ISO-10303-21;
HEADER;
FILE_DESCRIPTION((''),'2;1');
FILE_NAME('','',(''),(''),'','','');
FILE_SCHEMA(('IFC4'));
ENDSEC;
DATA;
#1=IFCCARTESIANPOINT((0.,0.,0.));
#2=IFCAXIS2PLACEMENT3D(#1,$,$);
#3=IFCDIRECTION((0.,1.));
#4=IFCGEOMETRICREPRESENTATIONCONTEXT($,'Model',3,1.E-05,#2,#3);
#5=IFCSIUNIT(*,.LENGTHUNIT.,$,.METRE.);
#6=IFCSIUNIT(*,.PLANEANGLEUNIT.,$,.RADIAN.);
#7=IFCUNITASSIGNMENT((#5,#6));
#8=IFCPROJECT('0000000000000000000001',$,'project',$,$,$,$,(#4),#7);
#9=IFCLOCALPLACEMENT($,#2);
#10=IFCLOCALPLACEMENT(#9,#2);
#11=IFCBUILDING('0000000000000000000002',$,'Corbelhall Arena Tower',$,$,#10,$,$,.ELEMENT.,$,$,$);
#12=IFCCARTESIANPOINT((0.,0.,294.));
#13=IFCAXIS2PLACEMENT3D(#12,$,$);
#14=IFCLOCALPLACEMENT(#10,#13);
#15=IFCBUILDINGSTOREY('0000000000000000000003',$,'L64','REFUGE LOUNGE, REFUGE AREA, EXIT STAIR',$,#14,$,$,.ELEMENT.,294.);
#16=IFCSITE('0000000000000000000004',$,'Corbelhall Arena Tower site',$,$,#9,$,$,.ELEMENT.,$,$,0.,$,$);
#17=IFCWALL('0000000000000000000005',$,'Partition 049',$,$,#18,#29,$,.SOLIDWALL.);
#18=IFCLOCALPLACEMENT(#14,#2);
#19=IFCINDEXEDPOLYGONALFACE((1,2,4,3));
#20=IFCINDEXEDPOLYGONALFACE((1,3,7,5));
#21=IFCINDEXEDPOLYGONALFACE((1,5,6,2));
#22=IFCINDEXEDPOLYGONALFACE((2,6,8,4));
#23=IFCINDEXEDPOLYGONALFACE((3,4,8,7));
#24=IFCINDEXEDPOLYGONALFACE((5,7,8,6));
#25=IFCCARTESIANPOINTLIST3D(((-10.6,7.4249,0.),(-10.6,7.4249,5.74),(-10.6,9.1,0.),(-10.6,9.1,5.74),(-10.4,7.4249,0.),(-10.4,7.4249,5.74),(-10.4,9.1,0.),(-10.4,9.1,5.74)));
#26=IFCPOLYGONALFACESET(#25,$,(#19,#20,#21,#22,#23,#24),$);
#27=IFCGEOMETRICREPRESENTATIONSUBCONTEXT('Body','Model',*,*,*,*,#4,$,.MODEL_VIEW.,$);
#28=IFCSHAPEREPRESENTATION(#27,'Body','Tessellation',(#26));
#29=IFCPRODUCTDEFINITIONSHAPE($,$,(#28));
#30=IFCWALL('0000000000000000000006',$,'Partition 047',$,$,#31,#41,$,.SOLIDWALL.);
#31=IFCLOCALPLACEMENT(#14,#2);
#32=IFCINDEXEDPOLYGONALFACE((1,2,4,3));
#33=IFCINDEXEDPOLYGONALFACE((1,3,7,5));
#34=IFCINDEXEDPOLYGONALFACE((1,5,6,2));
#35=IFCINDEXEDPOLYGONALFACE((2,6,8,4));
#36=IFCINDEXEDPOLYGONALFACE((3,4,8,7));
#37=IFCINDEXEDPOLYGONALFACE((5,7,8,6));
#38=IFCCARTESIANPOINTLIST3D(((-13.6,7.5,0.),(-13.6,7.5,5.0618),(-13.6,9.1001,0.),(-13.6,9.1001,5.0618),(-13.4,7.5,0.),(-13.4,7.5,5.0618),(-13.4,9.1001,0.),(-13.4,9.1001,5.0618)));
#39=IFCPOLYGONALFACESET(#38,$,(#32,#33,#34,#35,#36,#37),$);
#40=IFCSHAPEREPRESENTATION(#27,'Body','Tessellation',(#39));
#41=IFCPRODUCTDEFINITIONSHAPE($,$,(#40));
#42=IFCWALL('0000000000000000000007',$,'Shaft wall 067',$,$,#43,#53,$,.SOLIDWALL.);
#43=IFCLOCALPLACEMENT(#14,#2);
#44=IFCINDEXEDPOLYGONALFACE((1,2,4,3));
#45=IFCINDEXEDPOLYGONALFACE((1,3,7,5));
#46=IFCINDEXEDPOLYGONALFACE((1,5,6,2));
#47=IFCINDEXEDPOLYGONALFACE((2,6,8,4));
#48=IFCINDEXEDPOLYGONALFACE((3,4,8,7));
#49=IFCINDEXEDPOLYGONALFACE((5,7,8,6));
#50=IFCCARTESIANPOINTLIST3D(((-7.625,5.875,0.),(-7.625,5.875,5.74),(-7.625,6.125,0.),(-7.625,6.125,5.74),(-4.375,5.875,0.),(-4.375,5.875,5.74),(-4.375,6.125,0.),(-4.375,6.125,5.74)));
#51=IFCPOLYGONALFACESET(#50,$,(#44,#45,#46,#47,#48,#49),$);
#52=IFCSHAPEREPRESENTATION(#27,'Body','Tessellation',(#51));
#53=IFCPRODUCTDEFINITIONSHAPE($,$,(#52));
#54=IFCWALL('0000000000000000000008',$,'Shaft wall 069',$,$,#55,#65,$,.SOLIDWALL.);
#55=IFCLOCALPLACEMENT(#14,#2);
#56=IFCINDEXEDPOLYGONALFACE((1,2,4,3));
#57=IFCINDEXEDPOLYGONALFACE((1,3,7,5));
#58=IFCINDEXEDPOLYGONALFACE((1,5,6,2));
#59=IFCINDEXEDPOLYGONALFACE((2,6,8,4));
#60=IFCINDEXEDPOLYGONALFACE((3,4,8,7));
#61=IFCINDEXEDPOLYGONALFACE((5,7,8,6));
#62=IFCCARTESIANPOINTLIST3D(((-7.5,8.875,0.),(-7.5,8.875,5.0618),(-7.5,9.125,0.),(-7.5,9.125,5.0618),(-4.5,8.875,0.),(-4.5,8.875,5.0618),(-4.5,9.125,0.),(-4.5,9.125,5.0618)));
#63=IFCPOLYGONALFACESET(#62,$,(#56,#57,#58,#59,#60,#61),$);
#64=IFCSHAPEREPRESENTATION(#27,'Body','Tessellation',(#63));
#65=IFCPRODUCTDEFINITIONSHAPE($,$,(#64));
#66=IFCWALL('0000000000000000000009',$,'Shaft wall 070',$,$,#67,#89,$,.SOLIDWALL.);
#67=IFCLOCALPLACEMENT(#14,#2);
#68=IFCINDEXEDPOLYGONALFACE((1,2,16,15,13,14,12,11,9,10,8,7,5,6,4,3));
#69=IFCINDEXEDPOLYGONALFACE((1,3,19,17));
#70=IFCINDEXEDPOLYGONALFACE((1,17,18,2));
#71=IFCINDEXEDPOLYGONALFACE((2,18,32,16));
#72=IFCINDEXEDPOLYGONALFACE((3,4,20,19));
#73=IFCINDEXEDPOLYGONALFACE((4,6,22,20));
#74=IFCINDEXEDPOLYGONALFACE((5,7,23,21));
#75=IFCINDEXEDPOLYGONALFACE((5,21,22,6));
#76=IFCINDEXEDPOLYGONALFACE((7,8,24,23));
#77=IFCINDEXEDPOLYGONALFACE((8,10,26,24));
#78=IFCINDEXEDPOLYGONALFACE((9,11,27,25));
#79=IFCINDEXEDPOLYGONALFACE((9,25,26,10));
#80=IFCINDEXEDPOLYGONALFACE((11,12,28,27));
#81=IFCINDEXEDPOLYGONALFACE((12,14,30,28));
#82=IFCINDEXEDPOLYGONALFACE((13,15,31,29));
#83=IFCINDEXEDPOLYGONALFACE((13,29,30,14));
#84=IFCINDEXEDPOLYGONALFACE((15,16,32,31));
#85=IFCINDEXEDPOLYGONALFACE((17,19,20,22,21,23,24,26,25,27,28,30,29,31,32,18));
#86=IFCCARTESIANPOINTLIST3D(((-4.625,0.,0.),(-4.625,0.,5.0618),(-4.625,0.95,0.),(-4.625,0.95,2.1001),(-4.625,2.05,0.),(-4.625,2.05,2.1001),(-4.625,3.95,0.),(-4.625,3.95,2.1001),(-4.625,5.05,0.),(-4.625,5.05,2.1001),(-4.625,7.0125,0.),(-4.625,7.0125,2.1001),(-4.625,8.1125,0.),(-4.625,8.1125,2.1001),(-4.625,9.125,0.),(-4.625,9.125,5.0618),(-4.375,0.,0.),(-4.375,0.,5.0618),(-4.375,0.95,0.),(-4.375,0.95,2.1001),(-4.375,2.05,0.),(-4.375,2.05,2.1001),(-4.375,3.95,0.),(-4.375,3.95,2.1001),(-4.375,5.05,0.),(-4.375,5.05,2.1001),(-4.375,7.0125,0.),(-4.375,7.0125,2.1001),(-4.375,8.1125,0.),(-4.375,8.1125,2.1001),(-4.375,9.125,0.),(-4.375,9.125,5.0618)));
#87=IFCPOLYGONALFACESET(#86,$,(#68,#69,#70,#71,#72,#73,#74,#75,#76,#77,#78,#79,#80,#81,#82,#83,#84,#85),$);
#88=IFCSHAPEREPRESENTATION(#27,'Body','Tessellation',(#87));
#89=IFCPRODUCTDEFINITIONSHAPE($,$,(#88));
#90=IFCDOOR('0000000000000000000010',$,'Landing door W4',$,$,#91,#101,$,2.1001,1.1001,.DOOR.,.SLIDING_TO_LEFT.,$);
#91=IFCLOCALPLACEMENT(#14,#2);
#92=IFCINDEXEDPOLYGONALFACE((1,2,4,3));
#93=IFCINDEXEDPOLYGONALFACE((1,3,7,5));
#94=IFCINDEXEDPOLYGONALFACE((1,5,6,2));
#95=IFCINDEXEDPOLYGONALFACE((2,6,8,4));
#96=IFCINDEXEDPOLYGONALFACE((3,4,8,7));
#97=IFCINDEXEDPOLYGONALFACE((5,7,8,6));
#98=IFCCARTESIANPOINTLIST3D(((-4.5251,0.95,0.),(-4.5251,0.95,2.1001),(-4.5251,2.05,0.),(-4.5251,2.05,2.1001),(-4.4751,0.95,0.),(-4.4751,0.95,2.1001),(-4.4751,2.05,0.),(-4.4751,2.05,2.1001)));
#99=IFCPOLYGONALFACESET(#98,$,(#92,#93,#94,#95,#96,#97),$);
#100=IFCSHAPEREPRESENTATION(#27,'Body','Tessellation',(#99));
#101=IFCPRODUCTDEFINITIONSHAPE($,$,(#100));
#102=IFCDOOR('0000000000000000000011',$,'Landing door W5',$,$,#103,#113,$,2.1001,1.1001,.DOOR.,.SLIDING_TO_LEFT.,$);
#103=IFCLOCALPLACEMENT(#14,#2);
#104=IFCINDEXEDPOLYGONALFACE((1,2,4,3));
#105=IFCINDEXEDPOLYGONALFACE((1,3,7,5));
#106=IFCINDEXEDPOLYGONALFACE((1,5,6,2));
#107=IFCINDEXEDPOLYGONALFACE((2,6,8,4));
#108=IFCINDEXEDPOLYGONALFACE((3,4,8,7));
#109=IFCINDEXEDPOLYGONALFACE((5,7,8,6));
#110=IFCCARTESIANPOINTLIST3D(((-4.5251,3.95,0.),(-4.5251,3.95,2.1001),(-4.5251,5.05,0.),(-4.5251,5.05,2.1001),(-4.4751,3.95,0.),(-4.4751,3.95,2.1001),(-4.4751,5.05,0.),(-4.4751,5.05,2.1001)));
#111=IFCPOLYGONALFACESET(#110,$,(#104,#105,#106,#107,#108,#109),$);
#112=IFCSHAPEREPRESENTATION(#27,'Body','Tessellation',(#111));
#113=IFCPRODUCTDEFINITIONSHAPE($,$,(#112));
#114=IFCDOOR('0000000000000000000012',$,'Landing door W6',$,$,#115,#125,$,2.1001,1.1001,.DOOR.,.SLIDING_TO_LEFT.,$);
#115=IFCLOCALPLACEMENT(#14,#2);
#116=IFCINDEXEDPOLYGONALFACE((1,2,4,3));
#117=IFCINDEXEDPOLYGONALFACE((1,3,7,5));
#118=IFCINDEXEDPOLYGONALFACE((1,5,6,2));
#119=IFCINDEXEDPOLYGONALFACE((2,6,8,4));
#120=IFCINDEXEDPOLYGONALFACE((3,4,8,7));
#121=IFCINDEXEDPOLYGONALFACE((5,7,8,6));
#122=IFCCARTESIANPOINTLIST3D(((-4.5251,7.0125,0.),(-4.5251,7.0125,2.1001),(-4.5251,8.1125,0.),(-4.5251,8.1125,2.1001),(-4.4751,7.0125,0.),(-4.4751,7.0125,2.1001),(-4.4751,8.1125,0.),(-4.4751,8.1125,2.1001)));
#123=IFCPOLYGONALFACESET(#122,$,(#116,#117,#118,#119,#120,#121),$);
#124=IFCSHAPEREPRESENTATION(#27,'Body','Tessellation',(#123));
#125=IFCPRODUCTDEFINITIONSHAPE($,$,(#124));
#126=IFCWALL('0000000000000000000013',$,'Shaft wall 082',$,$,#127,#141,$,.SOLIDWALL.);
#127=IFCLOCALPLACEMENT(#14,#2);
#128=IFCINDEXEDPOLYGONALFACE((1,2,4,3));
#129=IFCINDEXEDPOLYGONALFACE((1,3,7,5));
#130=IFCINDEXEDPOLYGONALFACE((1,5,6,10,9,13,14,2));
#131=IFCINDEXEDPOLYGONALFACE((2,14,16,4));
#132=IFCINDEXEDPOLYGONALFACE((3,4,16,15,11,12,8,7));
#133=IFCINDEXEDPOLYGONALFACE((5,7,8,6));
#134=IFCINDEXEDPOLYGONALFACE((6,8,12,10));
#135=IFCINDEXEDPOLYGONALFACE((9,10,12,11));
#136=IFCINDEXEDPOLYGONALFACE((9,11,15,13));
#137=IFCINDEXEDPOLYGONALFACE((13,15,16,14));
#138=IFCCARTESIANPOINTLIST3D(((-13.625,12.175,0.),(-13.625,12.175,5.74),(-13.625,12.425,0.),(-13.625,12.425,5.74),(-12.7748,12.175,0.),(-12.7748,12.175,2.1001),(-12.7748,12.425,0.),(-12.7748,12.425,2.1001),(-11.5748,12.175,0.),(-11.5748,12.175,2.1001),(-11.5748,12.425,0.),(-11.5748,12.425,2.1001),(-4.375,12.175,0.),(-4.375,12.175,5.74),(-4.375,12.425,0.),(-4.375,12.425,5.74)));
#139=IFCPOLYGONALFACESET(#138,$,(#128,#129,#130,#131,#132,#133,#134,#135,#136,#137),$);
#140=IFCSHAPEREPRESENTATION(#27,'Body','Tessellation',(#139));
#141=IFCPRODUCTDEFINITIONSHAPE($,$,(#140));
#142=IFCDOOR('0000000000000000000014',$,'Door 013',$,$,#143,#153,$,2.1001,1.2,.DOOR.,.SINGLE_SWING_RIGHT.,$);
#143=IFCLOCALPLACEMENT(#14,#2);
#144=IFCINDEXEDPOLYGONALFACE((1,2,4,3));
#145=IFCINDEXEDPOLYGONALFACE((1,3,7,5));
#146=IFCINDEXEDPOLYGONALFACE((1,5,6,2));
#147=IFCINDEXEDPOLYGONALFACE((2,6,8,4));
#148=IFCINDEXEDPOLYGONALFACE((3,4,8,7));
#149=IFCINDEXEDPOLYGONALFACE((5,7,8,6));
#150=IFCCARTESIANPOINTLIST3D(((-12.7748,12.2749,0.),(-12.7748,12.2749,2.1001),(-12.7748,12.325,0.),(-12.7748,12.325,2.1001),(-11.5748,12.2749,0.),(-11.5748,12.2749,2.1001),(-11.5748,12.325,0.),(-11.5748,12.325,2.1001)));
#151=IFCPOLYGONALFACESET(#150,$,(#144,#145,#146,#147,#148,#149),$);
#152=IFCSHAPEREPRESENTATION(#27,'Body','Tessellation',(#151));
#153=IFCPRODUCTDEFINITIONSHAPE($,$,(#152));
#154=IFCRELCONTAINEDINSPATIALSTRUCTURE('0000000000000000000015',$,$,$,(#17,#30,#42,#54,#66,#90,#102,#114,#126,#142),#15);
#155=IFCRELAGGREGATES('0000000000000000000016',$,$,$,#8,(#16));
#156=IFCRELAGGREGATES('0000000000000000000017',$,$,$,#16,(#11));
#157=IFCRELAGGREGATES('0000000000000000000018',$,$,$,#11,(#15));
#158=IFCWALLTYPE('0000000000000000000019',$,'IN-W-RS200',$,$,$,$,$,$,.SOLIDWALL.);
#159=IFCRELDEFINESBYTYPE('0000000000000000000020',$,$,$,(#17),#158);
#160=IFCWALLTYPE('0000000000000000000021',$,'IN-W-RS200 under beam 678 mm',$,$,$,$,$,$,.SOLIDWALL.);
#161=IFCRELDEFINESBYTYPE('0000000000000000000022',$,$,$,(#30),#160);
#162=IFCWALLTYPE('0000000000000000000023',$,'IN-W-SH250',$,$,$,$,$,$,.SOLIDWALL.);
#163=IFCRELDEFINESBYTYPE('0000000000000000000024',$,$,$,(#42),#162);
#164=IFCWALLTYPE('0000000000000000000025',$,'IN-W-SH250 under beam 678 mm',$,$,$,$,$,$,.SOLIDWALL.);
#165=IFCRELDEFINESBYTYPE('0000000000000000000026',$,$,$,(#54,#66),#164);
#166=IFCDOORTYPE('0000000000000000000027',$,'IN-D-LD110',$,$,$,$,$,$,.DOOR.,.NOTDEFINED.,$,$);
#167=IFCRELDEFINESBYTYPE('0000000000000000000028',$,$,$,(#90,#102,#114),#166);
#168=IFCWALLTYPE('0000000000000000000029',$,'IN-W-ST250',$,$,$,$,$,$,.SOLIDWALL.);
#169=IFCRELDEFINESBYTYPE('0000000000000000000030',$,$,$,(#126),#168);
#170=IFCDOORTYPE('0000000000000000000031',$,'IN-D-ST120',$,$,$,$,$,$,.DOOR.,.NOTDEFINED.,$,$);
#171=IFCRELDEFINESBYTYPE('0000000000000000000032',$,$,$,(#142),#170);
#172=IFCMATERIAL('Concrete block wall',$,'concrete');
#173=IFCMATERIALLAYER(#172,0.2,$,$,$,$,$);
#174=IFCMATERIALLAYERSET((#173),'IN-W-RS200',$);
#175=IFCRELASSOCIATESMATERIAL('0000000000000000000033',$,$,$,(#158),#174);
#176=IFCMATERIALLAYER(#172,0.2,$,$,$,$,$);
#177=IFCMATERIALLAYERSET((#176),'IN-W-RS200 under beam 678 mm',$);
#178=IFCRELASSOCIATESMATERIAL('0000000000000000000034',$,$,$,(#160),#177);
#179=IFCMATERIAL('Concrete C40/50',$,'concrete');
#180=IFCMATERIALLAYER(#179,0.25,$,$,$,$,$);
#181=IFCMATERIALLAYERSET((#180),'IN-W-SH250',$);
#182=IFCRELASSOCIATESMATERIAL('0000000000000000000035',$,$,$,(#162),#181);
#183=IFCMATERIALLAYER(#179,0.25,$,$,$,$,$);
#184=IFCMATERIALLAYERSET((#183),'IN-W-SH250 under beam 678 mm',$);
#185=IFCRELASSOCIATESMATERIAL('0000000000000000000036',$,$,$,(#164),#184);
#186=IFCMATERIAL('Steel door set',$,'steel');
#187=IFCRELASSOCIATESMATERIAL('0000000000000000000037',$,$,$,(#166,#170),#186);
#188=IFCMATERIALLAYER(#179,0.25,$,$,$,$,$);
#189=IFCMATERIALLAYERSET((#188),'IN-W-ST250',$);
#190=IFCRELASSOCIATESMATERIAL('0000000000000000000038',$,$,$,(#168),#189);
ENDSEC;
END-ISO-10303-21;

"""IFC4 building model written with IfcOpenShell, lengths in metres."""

from ifc_helpers import new_model, si_unit, direction, frame, frame_2d, origin, place, context, subcontext, project, spatial, rectangle, extrude, material, layer, layer_set, type_object, element, fill, save


model = new_model("IFC4")

# Units and contexts
model_context = context("Model", 3, precision=1e-05, world=origin(), true_north=direction((0.0, 1.0)))
body_context = subcontext(model_context, "Body", "Model", "MODEL_VIEW")
ifc_project = project(units=[si_unit("LENGTHUNIT", "METRE"), si_unit("PLANEANGLEUNIT", "RADIAN")], contexts=[model_context])

# Site, building, storey
site_placement = place(None, origin())
site = spatial("IfcSite", under=ifc_project, at=site_placement, Name="Corbelhall Arena Tower site", CompositionType="ELEMENT", RefElevation=0.0)
building_placement = place(site_placement, origin())
building = spatial("IfcBuilding", under=site, at=building_placement, Name="Corbelhall Arena Tower", CompositionType="ELEMENT")
storey_placement = place(building_placement, frame((0.0, 0.0, 294.0)))
storey = spatial("IfcBuildingStorey", under=building, at=storey_placement, Name="L64", Description="REFUGE LOUNGE, REFUGE AREA, EXIT STAIR", CompositionType="ELEMENT", Elevation=294.0)

# Wall
ifc_material_1 = material(Name="Concrete C40/50", Category="concrete")
ifc_material_2 = material(Name="Concrete block wall", Category="concrete")
ifc_layer_1 = layer(ifc_material_2, 0.2)
ifc_layer_set_1 = layer_set([ifc_layer_1], Name="IN-W-RS200")
wall_type_1 = type_object("IfcWallType", Name="IN-W-RS200", PredefinedType="SOLIDWALL", material=ifc_layer_set_1)
wall_1_placement = place(storey_placement, frame((-10.5, 7.425, 0.0), z_axis=(0.0, 0.0, 1.0), x_axis=(0.0, 1.0, 0.0)))
element("IfcWall", 1, at=wall_1_placement, inside=storey, type_object=wall_type_1, Name="Partition 049", PredefinedType="SOLIDWALL", context=body_context, shape_type="SweptSolid", body=[
    extrude(rectangle(XDim=1.675, YDim=0.2, at=frame_2d((0.8374, 0.0))), origin(), (0.0, 0.0, 1.0), 5.74),
])

# Shared definitions
ifc_layer_2 = layer(ifc_material_2, 0.2)
ifc_layer_set_2 = layer_set([ifc_layer_2], Name="IN-W-RS200 under beam 678 mm")
wall_type_2 = type_object("IfcWallType", Name="IN-W-RS200 under beam 678 mm", PredefinedType="SOLIDWALL", material=ifc_layer_set_2)
ifc_material_3 = material(Name="Steel door set", Category="steel")

# Walls
wall_2_placement = place(storey_placement, frame((-13.5, 7.5, 0.0), z_axis=(0.0, 0.0, 1.0), x_axis=(0.0, 1.0, 0.0)))
element("IfcWall", 2, at=wall_2_placement, inside=storey, type_object=wall_type_2, Name="Partition 047", PredefinedType="SOLIDWALL", context=body_context, shape_type="SweptSolid", body=[
    extrude(rectangle(XDim=1.6001, YDim=0.2, at=frame_2d((0.8, 0.0))), origin(), (0.0, 0.0, 1.0), 5.0618),
])
ifc_layer_3 = layer(ifc_material_1, 0.25)
ifc_layer_set_3 = layer_set([ifc_layer_3], Name="IN-W-SH250")
wall_type_3 = type_object("IfcWallType", Name="IN-W-SH250", PredefinedType="SOLIDWALL", material=ifc_layer_set_3)
wall_3_placement = place(storey_placement, frame((-7.625, 6.0, 0.0), z_axis=(0.0, 0.0, 1.0), x_axis=(1.0, 0.0, 0.0)))
element("IfcWall", 3, at=wall_3_placement, inside=storey, type_object=wall_type_3, Name="Shaft wall 067", PredefinedType="SOLIDWALL", context=body_context, shape_type="SweptSolid", body=[
    extrude(rectangle(XDim=3.25, YDim=0.25, at=frame_2d((1.625, 0.0))), origin(), (0.0, 0.0, 1.0), 5.74),
])
ifc_layer_4 = layer(ifc_material_1, 0.25)
ifc_layer_set_4 = layer_set([ifc_layer_4], Name="IN-W-SH250 under beam 678 mm")
wall_type_4 = type_object("IfcWallType", Name="IN-W-SH250 under beam 678 mm", PredefinedType="SOLIDWALL", material=ifc_layer_set_4)
wall_4_placement = place(storey_placement, frame((-7.5, 9.0, 0.0), z_axis=(0.0, 0.0, 1.0), x_axis=(1.0, 0.0, 0.0)))
element("IfcWall", 4, at=wall_4_placement, inside=storey, type_object=wall_type_4, Name="Shaft wall 069", PredefinedType="SOLIDWALL", context=body_context, shape_type="SweptSolid", body=[
    extrude(rectangle(XDim=3.0, YDim=0.25, at=frame_2d((1.5, 0.0))), origin(), (0.0, 0.0, 1.0), 5.0618),
])

# Wall, openings, doors
wall_5_placement = place(storey_placement, frame((-4.5, 9.125, 0.0), z_axis=(0.0, 0.0, 1.0), x_axis=(0.0, -1.0, 0.0)))
wall_5 = element("IfcWall", 5, at=wall_5_placement, inside=storey, type_object=wall_type_4, Name="Shaft wall 070", PredefinedType="SOLIDWALL", context=body_context, shape_type="SweptSolid", body=[
    extrude(rectangle(XDim=9.125, YDim=0.25, at=frame_2d((4.5625, 0.0))), origin(), (0.0, 0.0, 1.0), 5.0618),
])
opening_1_placement = place(wall_5_placement, frame((7.075, 0.0, 0.0)))
opening_1 = element("IfcOpeningElement", 6, at=opening_1_placement, cuts=wall_5, PredefinedType="OPENING", context=body_context, shape_type="SweptSolid", body=[
    extrude(rectangle(XDim=1.1001, YDim=2.1001, at=frame_2d((0.55, 1.05))), frame((0.0, 0.125, 0.0), z_axis=(0.0, -1.0, 0.0), x_axis=(1.0, 0.0, 0.0)), (0.0, 0.0, 1.0), 0.25),
])
opening_2_placement = place(wall_5_placement, frame((4.075, 0.0, 0.0)))
opening_2 = element("IfcOpeningElement", 7, at=opening_2_placement, cuts=wall_5, PredefinedType="OPENING", context=body_context, shape_type="SweptSolid", body=[
    extrude(rectangle(XDim=1.1001, YDim=2.1001, at=frame_2d((0.55, 1.05))), frame((0.0, 0.125, 0.0), z_axis=(0.0, -1.0, 0.0), x_axis=(1.0, 0.0, 0.0)), (0.0, 0.0, 1.0), 0.25),
])
opening_3_placement = place(wall_5_placement, frame((1.0125, 0.0, 0.0)))
opening_3 = element("IfcOpeningElement", 8, at=opening_3_placement, cuts=wall_5, PredefinedType="OPENING", context=body_context, shape_type="SweptSolid", body=[
    extrude(rectangle(XDim=1.1001, YDim=2.1001, at=frame_2d((0.55, 1.05))), frame((0.0, 0.125, 0.0), z_axis=(0.0, -1.0, 0.0), x_axis=(1.0, 0.0, 0.0)), (0.0, 0.0, 1.0), 0.25),
])
door_type_1 = type_object("IfcDoorType", Name="IN-D-LD110", OperationType="NOTDEFINED", PredefinedType="DOOR", material=ifc_material_3)
door_1_placement = place(opening_1_placement, origin())
door_1 = element("IfcDoor", 9, at=door_1_placement, inside=storey, type_object=door_type_1, Name="Landing door W4", OperationType="SLIDING_TO_LEFT", OverallHeight=2.1001, OverallWidth=1.1001, PredefinedType="DOOR", context=body_context, shape_type="SweptSolid", body=[
    extrude(rectangle(XDim=1.1001, YDim=2.1001, at=frame_2d((0.55, 1.05))), frame((0.0, 0.0249, 0.0), z_axis=(0.0, -1.0, 0.0), x_axis=(1.0, 0.0, 0.0)), (0.0, 0.0, 1.0), 0.05),
])
fill(opening_1, door_1)
door_2_placement = place(opening_2_placement, origin())
door_2 = element("IfcDoor", 10, at=door_2_placement, inside=storey, type_object=door_type_1, Name="Landing door W5", OperationType="SLIDING_TO_LEFT", OverallHeight=2.1001, OverallWidth=1.1001, PredefinedType="DOOR", context=body_context, shape_type="SweptSolid", body=[
    extrude(rectangle(XDim=1.1001, YDim=2.1001, at=frame_2d((0.55, 1.05))), frame((0.0, 0.0249, 0.0), z_axis=(0.0, -1.0, 0.0), x_axis=(1.0, 0.0, 0.0)), (0.0, 0.0, 1.0), 0.05),
])
fill(opening_2, door_2)
door_3_placement = place(opening_3_placement, origin())
door_3 = element("IfcDoor", 11, at=door_3_placement, inside=storey, type_object=door_type_1, Name="Landing door W6", OperationType="SLIDING_TO_LEFT", OverallHeight=2.1001, OverallWidth=1.1001, PredefinedType="DOOR", context=body_context, shape_type="SweptSolid", body=[
    extrude(rectangle(XDim=1.1001, YDim=2.1001, at=frame_2d((0.55, 1.05))), frame((0.0, 0.0249, 0.0), z_axis=(0.0, -1.0, 0.0), x_axis=(1.0, 0.0, 0.0)), (0.0, 0.0, 1.0), 0.05),
])
fill(opening_3, door_3)

# Wall, opening, door
ifc_layer_5 = layer(ifc_material_1, 0.25)
ifc_layer_set_5 = layer_set([ifc_layer_5], Name="IN-W-ST250")
wall_type_5 = type_object("IfcWallType", Name="IN-W-ST250", PredefinedType="SOLIDWALL", material=ifc_layer_set_5)
wall_6_placement = place(storey_placement, frame((-13.625, 12.3, 0.0), z_axis=(0.0, 0.0, 1.0), x_axis=(1.0, 0.0, 0.0)))
wall_6 = element("IfcWall", 12, at=wall_6_placement, inside=storey, type_object=wall_type_5, Name="Shaft wall 082", PredefinedType="SOLIDWALL", context=body_context, shape_type="SweptSolid", body=[
    extrude(rectangle(XDim=9.25, YDim=0.25, at=frame_2d((4.625, 0.0))), origin(), (0.0, 0.0, 1.0), 5.74),
])
opening_4_placement = place(wall_6_placement, frame((0.8501, 0.0, 0.0)))
opening_4 = element("IfcOpeningElement", 13, at=opening_4_placement, cuts=wall_6, PredefinedType="OPENING", context=body_context, shape_type="SweptSolid", body=[
    extrude(rectangle(XDim=1.2, YDim=2.1001, at=frame_2d((0.6001, 1.05))), frame((0.0, 0.125, 0.0), z_axis=(0.0, -1.0, 0.0), x_axis=(1.0, 0.0, 0.0)), (0.0, 0.0, 1.0), 0.25),
])
door_type_2 = type_object("IfcDoorType", Name="IN-D-ST120", OperationType="NOTDEFINED", PredefinedType="DOOR", material=ifc_material_3)
door_4_placement = place(opening_4_placement, origin())
door_4 = element("IfcDoor", 14, at=door_4_placement, inside=storey, type_object=door_type_2, Name="Door 013", OperationType="SINGLE_SWING_RIGHT", OverallHeight=2.1001, OverallWidth=1.2, PredefinedType="DOOR", context=body_context, shape_type="SweptSolid", body=[
    extrude(rectangle(XDim=1.2, YDim=2.1001, at=frame_2d((0.6001, 1.05))), frame((0.0, 0.0249, 0.0), z_axis=(0.0, -1.0, 0.0), x_axis=(1.0, 0.0, 0.0)), (0.0, 0.0, 1.0), 0.05),
])
fill(opening_4, door_4)

save(model, "model.ifc")
